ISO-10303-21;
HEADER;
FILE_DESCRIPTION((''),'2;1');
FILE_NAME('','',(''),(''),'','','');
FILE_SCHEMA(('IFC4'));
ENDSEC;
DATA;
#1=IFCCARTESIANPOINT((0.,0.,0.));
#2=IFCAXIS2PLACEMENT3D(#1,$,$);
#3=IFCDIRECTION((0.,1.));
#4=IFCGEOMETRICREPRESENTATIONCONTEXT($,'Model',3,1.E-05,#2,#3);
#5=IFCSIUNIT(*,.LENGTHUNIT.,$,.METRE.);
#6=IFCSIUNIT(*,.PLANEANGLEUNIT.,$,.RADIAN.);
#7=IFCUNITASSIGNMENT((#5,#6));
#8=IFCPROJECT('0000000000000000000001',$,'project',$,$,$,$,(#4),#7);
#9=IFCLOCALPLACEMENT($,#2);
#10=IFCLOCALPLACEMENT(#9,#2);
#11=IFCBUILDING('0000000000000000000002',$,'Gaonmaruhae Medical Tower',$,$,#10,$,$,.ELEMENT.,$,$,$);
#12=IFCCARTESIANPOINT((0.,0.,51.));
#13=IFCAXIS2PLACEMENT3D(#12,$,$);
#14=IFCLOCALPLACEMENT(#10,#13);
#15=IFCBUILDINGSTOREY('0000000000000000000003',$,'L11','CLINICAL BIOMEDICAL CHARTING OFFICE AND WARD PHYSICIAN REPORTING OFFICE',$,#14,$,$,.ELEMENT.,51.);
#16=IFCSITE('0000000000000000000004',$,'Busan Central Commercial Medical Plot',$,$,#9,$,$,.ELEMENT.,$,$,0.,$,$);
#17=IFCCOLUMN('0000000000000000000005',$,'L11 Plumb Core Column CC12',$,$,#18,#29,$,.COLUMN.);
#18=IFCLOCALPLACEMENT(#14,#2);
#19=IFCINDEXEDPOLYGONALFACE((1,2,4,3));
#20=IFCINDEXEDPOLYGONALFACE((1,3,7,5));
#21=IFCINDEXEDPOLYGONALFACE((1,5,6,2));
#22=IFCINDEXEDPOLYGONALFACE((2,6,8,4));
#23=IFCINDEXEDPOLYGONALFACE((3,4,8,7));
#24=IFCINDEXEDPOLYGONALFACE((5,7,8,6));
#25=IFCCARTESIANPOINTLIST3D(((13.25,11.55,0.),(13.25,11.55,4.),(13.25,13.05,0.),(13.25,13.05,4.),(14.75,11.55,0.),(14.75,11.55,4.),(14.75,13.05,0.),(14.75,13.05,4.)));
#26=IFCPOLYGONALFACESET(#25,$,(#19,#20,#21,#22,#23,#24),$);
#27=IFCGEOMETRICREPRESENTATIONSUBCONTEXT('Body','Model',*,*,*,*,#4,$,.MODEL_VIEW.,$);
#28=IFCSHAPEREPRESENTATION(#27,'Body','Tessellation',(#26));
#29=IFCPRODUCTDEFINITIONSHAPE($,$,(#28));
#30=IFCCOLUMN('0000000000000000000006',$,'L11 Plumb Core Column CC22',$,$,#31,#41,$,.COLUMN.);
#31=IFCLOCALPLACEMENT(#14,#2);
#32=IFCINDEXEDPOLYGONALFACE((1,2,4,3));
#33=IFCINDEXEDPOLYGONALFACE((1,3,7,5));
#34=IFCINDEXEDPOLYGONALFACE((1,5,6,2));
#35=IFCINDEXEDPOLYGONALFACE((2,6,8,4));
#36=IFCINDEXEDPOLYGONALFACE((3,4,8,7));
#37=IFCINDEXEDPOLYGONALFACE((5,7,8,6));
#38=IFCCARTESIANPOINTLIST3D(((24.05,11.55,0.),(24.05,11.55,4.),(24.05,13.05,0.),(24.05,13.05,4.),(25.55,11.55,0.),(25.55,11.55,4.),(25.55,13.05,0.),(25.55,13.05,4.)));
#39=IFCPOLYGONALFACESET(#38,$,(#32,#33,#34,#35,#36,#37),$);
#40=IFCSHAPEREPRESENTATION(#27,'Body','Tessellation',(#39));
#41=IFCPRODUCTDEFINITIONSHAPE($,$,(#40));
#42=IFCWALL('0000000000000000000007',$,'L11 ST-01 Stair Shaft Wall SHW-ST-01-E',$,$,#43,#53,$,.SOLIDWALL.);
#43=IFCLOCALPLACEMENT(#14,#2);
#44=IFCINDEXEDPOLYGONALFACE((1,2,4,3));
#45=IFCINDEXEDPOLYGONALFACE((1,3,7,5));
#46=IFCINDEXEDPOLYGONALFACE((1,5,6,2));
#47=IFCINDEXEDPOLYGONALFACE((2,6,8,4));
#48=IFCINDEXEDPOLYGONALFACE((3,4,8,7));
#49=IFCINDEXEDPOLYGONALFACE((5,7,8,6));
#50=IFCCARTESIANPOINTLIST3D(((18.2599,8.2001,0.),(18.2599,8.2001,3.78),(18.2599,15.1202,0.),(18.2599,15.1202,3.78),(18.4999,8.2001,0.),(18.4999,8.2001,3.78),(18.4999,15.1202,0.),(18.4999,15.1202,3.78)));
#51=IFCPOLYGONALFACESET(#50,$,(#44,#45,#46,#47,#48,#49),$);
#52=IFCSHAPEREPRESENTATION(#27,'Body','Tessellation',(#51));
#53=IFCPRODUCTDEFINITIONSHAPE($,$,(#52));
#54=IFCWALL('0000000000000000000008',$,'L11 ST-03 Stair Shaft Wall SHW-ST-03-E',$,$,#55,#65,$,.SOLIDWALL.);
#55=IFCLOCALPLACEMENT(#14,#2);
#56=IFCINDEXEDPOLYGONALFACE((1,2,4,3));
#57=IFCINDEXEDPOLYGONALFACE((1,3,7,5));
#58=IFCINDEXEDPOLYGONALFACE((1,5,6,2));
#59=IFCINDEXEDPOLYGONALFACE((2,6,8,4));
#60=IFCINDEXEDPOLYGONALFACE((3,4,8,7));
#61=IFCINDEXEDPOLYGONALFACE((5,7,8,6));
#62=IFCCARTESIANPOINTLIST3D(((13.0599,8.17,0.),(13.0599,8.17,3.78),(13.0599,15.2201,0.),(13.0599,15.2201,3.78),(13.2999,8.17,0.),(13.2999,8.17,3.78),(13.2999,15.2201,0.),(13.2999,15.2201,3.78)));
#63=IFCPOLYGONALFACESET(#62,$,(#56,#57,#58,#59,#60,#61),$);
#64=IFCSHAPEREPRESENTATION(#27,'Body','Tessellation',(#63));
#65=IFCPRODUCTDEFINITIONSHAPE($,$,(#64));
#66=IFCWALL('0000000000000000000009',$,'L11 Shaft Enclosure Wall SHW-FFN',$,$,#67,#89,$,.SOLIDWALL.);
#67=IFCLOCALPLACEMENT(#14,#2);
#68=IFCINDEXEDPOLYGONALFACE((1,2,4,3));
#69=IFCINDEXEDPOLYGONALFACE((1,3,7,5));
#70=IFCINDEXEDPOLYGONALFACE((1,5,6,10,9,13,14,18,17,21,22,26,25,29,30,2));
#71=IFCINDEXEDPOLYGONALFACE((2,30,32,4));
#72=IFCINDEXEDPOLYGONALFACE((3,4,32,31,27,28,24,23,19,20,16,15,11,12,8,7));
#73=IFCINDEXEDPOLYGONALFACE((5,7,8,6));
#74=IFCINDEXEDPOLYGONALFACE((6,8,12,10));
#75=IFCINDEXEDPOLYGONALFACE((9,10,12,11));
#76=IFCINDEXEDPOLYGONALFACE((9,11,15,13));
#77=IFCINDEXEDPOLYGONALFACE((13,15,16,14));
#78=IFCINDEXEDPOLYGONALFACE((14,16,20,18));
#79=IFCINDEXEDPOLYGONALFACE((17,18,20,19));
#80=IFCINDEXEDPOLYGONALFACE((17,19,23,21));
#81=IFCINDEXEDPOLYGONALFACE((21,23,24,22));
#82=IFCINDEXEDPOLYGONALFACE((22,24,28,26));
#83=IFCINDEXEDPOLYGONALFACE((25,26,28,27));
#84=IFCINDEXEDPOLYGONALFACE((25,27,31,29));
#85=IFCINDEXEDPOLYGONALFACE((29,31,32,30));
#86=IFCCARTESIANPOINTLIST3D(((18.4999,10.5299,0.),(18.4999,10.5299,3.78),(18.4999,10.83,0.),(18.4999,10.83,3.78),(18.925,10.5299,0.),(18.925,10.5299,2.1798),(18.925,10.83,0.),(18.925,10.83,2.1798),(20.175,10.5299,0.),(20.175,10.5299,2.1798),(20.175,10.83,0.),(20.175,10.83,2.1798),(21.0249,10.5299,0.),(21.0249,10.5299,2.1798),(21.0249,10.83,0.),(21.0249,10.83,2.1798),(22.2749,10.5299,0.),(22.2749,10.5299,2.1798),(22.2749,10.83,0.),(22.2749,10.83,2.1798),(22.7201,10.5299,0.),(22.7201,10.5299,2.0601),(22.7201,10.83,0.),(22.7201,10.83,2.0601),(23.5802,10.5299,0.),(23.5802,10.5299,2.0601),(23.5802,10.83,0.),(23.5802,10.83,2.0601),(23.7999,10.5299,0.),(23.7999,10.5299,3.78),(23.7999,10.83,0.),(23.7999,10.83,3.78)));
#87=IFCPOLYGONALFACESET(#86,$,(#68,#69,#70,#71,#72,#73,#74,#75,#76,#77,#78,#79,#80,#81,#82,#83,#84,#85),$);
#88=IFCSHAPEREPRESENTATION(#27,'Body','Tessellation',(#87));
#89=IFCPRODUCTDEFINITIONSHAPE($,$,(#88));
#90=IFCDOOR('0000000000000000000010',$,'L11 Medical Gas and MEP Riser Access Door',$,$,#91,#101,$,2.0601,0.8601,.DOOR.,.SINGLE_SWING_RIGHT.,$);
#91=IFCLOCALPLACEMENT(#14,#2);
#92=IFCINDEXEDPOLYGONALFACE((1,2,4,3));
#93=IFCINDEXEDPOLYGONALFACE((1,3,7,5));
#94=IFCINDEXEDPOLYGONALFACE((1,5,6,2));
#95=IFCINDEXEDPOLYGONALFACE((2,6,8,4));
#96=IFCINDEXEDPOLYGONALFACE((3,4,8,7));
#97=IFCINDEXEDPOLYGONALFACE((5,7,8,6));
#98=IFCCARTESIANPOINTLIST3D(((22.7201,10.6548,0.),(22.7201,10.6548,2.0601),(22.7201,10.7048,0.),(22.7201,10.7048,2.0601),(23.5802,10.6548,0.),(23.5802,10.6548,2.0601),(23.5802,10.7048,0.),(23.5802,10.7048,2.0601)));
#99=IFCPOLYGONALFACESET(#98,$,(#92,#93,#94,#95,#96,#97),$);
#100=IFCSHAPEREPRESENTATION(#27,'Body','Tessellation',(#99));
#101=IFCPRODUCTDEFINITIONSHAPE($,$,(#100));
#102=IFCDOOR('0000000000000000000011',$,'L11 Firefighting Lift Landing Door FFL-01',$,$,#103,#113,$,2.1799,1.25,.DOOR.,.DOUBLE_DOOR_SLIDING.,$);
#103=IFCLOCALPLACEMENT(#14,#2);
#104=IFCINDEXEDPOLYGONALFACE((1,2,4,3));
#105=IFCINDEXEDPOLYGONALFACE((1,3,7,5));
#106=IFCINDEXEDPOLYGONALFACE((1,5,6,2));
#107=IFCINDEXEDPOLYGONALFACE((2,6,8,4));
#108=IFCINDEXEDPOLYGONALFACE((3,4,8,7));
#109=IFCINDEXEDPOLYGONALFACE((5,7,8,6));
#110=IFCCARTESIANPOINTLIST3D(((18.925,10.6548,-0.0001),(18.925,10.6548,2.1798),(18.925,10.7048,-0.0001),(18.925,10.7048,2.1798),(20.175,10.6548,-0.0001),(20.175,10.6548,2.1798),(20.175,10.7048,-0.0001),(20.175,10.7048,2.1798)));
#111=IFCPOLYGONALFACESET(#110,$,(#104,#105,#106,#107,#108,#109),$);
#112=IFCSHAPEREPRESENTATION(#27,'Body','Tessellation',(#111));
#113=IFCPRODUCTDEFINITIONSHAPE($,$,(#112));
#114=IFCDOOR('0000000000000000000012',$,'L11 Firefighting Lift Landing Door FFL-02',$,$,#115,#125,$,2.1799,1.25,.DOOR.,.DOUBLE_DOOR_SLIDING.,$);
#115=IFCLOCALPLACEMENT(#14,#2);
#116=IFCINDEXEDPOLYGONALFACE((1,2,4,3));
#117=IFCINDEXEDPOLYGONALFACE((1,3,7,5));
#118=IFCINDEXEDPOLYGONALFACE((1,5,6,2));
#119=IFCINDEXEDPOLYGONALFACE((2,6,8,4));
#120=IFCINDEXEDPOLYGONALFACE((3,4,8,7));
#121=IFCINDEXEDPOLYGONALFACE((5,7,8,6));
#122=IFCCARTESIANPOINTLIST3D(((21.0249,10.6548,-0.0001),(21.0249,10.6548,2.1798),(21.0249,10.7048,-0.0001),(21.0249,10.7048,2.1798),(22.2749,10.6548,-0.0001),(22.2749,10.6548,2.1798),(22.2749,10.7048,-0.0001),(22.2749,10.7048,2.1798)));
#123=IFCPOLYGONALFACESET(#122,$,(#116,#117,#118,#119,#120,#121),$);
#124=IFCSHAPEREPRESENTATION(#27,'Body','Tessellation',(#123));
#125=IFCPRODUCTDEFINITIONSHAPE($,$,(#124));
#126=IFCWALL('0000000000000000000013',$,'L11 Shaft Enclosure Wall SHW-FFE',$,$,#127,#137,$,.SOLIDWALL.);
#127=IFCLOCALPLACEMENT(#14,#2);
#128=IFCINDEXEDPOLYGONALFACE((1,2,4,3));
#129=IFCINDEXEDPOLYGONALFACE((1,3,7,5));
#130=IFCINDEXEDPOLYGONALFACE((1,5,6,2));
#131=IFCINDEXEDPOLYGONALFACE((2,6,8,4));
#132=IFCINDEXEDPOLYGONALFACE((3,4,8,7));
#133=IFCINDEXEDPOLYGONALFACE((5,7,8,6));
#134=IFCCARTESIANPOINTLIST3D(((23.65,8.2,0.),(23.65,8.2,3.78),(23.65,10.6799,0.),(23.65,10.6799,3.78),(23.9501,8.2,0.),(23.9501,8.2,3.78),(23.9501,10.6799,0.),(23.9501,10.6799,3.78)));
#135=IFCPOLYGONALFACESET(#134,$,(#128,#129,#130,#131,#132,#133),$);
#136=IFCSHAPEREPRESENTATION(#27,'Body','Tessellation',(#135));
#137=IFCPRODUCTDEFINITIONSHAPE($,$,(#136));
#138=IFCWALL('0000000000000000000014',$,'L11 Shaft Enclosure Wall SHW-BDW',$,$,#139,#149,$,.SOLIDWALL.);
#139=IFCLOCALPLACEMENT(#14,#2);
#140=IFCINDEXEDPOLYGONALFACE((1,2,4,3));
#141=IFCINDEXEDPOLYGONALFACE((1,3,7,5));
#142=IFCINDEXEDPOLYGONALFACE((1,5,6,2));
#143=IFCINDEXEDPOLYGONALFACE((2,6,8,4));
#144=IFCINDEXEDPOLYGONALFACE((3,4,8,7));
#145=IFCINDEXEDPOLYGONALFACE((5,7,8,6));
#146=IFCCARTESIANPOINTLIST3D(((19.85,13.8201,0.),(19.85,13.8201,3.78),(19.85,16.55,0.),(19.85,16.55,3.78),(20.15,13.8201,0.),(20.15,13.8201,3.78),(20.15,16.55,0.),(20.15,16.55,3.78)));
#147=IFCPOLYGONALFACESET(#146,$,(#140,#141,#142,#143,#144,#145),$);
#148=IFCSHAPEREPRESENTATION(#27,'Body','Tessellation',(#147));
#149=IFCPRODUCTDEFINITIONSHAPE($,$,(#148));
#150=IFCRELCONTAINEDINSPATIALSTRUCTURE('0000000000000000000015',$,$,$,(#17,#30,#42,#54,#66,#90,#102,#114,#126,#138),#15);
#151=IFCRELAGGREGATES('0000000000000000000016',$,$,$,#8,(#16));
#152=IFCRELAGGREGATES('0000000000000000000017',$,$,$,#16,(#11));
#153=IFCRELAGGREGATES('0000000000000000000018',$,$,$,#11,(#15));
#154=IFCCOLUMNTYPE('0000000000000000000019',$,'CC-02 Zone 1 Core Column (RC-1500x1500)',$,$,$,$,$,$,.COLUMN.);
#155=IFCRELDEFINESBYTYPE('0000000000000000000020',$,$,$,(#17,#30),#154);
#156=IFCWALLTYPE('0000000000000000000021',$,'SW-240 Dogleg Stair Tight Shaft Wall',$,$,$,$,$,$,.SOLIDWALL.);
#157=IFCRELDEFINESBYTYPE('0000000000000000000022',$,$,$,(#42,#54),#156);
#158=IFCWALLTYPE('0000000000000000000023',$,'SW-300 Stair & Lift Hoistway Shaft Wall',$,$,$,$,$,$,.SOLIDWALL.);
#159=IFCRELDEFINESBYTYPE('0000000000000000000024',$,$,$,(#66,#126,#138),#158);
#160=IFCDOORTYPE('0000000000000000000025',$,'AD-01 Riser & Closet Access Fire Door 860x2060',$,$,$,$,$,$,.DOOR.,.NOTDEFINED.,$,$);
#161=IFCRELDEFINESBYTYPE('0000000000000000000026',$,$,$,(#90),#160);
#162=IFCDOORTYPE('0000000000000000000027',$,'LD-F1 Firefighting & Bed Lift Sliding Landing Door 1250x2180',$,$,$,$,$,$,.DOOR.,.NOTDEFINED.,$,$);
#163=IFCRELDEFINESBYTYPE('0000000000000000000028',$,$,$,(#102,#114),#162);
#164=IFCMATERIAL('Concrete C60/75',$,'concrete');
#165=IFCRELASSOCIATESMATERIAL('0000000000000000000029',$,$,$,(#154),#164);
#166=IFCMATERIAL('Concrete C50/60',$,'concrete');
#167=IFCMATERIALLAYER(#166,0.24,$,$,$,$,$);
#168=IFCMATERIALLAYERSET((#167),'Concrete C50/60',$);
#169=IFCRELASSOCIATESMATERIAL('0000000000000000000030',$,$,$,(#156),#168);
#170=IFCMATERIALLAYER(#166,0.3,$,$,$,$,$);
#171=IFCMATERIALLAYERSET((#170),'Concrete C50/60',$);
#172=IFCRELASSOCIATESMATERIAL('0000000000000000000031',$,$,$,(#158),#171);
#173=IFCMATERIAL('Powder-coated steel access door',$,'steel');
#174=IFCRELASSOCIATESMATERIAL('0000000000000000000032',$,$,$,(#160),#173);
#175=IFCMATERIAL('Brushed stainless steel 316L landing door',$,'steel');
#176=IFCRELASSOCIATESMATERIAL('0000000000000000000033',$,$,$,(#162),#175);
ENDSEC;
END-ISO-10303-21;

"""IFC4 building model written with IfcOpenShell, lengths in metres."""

from ifc_helpers import new_model, si_unit, direction, frame, frame_2d, origin, origin_2d, place, context, subcontext, project, spatial, rectangle, extrude, material, layer, layer_set, material_profile, profile_set, type_object, element, fill, save


model = new_model("IFC4")

# Units and contexts
model_context = context("Model", 3, precision=1e-05, world=origin(), true_north=direction((0.0, 1.0)))
body_context = subcontext(model_context, "Body", "Model", "MODEL_VIEW")
ifc_project = project(units=[si_unit("LENGTHUNIT", "METRE"), si_unit("PLANEANGLEUNIT", "RADIAN")], contexts=[model_context])

# Site, building, storey
site_placement = place(None, origin())
site = spatial("IfcSite", under=ifc_project, at=site_placement, Name="Busan Central Commercial Medical Plot", CompositionType="ELEMENT", RefElevation=0.0)
building_placement = place(site_placement, origin())
building = spatial("IfcBuilding", under=site, at=building_placement, Name="Gaonmaruhae Medical Tower", CompositionType="ELEMENT")
storey_placement = place(building_placement, frame((0.0, 0.0, 51.0)))
storey = spatial("IfcBuildingStorey", under=building, at=storey_placement, Name="L11", Description="CLINICAL BIOMEDICAL CHARTING OFFICE AND WARD PHYSICIAN REPORTING OFFICE", CompositionType="ELEMENT", Elevation=51.0)

# Columns
ifc_material_1 = material(Name="Concrete C60/75", Category="concrete")
ifc_material_profile = material_profile(ifc_material_1, rectangle(XDim=1.5, YDim=1.5, at=origin_2d()), Name="RC-1500x1500")
ifc_profile_set = profile_set([ifc_material_profile], Name="Concrete C60/75")
column_type = type_object("IfcColumnType", Name="CC-02 Zone 1 Core Column (RC-1500x1500)", PredefinedType="COLUMN", material=ifc_profile_set)
for number, where, z_axis, x_axis, name in (
    (1, (14.0, 12.3, 0.0), (0.0, 0.0, 1.0), (1.0, 0.0, 0.0), "L11 Plumb Core Column CC12"),
    (2, (24.8, 12.3, 0.0), (0.0, 0.0, 1.0), (1.0, 0.0, 0.0), "L11 Plumb Core Column CC22"),
):
    element("IfcColumn", number, at=place(storey_placement, frame(where, z_axis=z_axis, x_axis=x_axis)), inside=storey, type_object=column_type, Name=name, PredefinedType="COLUMN", context=body_context, shape_type="SweptSolid", body=[
        extrude(rectangle(XDim=1.5, YDim=1.5, at=origin_2d()), origin(), (0.0, 0.0, 1.0), 4.0),
    ])

# Shared definitions
ifc_material_2 = material(Name="Concrete C50/60", Category="concrete")
ifc_layer_1 = layer(ifc_material_2, 0.24)
ifc_layer_set_1 = layer_set([ifc_layer_1], Name="Concrete C50/60")
wall_type_1 = type_object("IfcWallType", Name="SW-240 Dogleg Stair Tight Shaft Wall", PredefinedType="SOLIDWALL", material=ifc_layer_set_1)

# Walls
wall_1_placement = place(storey_placement, frame((18.3799, 15.1201, 0.0), z_axis=(0.0, 0.0, 1.0), x_axis=(0.0, -1.0, 0.0)))
element("IfcWall", 3, at=wall_1_placement, inside=storey, type_object=wall_type_1, Name="L11 ST-01 Stair Shaft Wall SHW-ST-01-E", PredefinedType="SOLIDWALL", context=body_context, shape_type="SweptSolid", body=[
    extrude(rectangle(XDim=6.9202, YDim=0.24, at=frame_2d((3.46, 0.0))), origin(), (0.0, 0.0, 1.0), 3.78),
])
wall_2_placement = place(storey_placement, frame((13.1799, 15.22, 0.0), z_axis=(0.0, 0.0, 1.0), x_axis=(0.0, -1.0, 0.0)))
element("IfcWall", 4, at=wall_2_placement, inside=storey, type_object=wall_type_1, Name="L11 ST-03 Stair Shaft Wall SHW-ST-03-E", PredefinedType="SOLIDWALL", context=body_context, shape_type="SweptSolid", body=[
    extrude(rectangle(XDim=7.05, YDim=0.24, at=frame_2d((3.5249, 0.0))), origin(), (0.0, 0.0, 1.0), 3.78),
])

# Wall, openings, doors
ifc_layer_2 = layer(ifc_material_2, 0.3)
ifc_layer_set_2 = layer_set([ifc_layer_2], Name="Concrete C50/60")
wall_type_2 = type_object("IfcWallType", Name="SW-300 Stair & Lift Hoistway Shaft Wall", PredefinedType="SOLIDWALL", material=ifc_layer_set_2)
wall_3_placement = place(storey_placement, frame((18.5, 10.6799, 0.0), z_axis=(0.0, 0.0, 1.0), x_axis=(1.0, 0.0, 0.0)))
wall_3 = element("IfcWall", 5, at=wall_3_placement, inside=storey, type_object=wall_type_2, Name="L11 Shaft Enclosure Wall SHW-FFN", PredefinedType="SOLIDWALL", context=body_context, shape_type="SweptSolid", body=[
    extrude(rectangle(XDim=5.3, YDim=0.3, at=frame_2d((2.6499, 0.0))), origin(), (0.0, 0.0, 1.0), 3.78),
])
opening_1_placement = place(wall_3_placement, frame((4.22, 0.0, 0.0)))
opening_1 = element("IfcOpeningElement", 6, at=opening_1_placement, cuts=wall_3, PredefinedType="OPENING", context=body_context, shape_type="SweptSolid", body=[
    extrude(rectangle(XDim=0.8601, YDim=2.0601, at=frame_2d((0.4302, 1.03))), frame((0.0, 0.1602, 0.0), z_axis=(0.0, -1.0, 0.0), x_axis=(1.0, 0.0, 0.0)), (0.0, 0.0, 1.0), 0.3201),
])
opening_2_placement = place(wall_3_placement, frame((0.425, 0.0, 0.0)))
opening_2 = element("IfcOpeningElement", 7, at=opening_2_placement, cuts=wall_3, PredefinedType="OPENING", context=body_context, shape_type="SweptSolid", body=[
    extrude(rectangle(XDim=1.25, YDim=2.1799, at=frame_2d((0.625, 1.0898))), frame((0.0, 0.1602, 0.0), z_axis=(0.0, -1.0, 0.0), x_axis=(1.0, 0.0, 0.0)), (0.0, 0.0, 1.0), 0.3201),
])
opening_3_placement = place(wall_3_placement, frame((2.5249, 0.0, 0.0)))
opening_3 = element("IfcOpeningElement", 8, at=opening_3_placement, cuts=wall_3, PredefinedType="OPENING", context=body_context, shape_type="SweptSolid", body=[
    extrude(rectangle(XDim=1.25, YDim=2.1799, at=frame_2d((0.625, 1.0898))), frame((0.0, 0.1602, 0.0), z_axis=(0.0, -1.0, 0.0), x_axis=(1.0, 0.0, 0.0)), (0.0, 0.0, 1.0), 0.3201),
])
ifc_material_3 = material(Name="Powder-coated steel access door", Category="steel")
door_type_1 = type_object("IfcDoorType", Name="AD-01 Riser & Closet Access Fire Door 860x2060", OperationType="NOTDEFINED", PredefinedType="DOOR", material=ifc_material_3)
door_1_placement = place(opening_1_placement, origin())
door_1 = element("IfcDoor", 9, at=door_1_placement, inside=storey, type_object=door_type_1, Name="L11 Medical Gas and MEP Riser Access Door", OperationType="SINGLE_SWING_RIGHT", OverallHeight=2.0601, OverallWidth=0.8601, PredefinedType="DOOR", context=body_context, shape_type="SweptSolid", body=[
    extrude(rectangle(XDim=0.8601, YDim=2.0601, at=frame_2d((0.4302, 1.03))), frame((0.0, 0.0249, 0.0), z_axis=(0.0, -1.0, 0.0), x_axis=(1.0, 0.0, 0.0)), (0.0, 0.0, 1.0), 0.05),
])
fill(opening_1, door_1)
ifc_material_4 = material(Name="Brushed stainless steel 316L landing door", Category="steel")
door_type_2 = type_object("IfcDoorType", Name="LD-F1 Firefighting & Bed Lift Sliding Landing Door 1250x2180", OperationType="NOTDEFINED", PredefinedType="DOOR", material=ifc_material_4)
door_2_placement = place(opening_2_placement, origin())
door_2 = element("IfcDoor", 10, at=door_2_placement, inside=storey, type_object=door_type_2, Name="L11 Firefighting Lift Landing Door FFL-01", OperationType="DOUBLE_DOOR_SLIDING", OverallHeight=2.1799, OverallWidth=1.25, PredefinedType="DOOR", context=body_context, shape_type="SweptSolid", body=[
    extrude(rectangle(XDim=1.25, YDim=2.1799, at=frame_2d((0.625, 1.0898))), frame((0.0, 0.0249, 0.0), z_axis=(0.0, -1.0, 0.0), x_axis=(1.0, 0.0, 0.0)), (0.0, 0.0, 1.0), 0.05),
])
fill(opening_2, door_2)
door_3_placement = place(opening_3_placement, origin())
door_3 = element("IfcDoor", 11, at=door_3_placement, inside=storey, type_object=door_type_2, Name="L11 Firefighting Lift Landing Door FFL-02", OperationType="DOUBLE_DOOR_SLIDING", OverallHeight=2.1799, OverallWidth=1.25, PredefinedType="DOOR", context=body_context, shape_type="SweptSolid", body=[
    extrude(rectangle(XDim=1.25, YDim=2.1799, at=frame_2d((0.625, 1.0898))), frame((0.0, 0.0249, 0.0), z_axis=(0.0, -1.0, 0.0), x_axis=(1.0, 0.0, 0.0)), (0.0, 0.0, 1.0), 0.05),
])
fill(opening_3, door_3)

# Walls
wall_4_placement = place(storey_placement, frame((23.8, 8.2, 0.0), z_axis=(0.0, 0.0, 1.0), x_axis=(0.0, 1.0, 0.0)))
element("IfcWall", 12, at=wall_4_placement, inside=storey, type_object=wall_type_2, Name="L11 Shaft Enclosure Wall SHW-FFE", PredefinedType="SOLIDWALL", context=body_context, shape_type="SweptSolid", body=[
    extrude(rectangle(XDim=2.48, YDim=0.3, at=frame_2d((1.24, 0.0))), origin(), (0.0, 0.0, 1.0), 3.78),
])
wall_5_placement = place(storey_placement, frame((20.0, 13.8201, 0.0), z_axis=(0.0, 0.0, 1.0), x_axis=(0.0, 1.0, 0.0)))
element("IfcWall", 13, at=wall_5_placement, inside=storey, type_object=wall_type_2, Name="L11 Shaft Enclosure Wall SHW-BDW", PredefinedType="SOLIDWALL", context=body_context, shape_type="SweptSolid", body=[
    extrude(rectangle(XDim=2.73, YDim=0.3, at=frame_2d((1.365, 0.0))), origin(), (0.0, 0.0, 1.0), 3.78),
])

save(model, "model.ifc")
